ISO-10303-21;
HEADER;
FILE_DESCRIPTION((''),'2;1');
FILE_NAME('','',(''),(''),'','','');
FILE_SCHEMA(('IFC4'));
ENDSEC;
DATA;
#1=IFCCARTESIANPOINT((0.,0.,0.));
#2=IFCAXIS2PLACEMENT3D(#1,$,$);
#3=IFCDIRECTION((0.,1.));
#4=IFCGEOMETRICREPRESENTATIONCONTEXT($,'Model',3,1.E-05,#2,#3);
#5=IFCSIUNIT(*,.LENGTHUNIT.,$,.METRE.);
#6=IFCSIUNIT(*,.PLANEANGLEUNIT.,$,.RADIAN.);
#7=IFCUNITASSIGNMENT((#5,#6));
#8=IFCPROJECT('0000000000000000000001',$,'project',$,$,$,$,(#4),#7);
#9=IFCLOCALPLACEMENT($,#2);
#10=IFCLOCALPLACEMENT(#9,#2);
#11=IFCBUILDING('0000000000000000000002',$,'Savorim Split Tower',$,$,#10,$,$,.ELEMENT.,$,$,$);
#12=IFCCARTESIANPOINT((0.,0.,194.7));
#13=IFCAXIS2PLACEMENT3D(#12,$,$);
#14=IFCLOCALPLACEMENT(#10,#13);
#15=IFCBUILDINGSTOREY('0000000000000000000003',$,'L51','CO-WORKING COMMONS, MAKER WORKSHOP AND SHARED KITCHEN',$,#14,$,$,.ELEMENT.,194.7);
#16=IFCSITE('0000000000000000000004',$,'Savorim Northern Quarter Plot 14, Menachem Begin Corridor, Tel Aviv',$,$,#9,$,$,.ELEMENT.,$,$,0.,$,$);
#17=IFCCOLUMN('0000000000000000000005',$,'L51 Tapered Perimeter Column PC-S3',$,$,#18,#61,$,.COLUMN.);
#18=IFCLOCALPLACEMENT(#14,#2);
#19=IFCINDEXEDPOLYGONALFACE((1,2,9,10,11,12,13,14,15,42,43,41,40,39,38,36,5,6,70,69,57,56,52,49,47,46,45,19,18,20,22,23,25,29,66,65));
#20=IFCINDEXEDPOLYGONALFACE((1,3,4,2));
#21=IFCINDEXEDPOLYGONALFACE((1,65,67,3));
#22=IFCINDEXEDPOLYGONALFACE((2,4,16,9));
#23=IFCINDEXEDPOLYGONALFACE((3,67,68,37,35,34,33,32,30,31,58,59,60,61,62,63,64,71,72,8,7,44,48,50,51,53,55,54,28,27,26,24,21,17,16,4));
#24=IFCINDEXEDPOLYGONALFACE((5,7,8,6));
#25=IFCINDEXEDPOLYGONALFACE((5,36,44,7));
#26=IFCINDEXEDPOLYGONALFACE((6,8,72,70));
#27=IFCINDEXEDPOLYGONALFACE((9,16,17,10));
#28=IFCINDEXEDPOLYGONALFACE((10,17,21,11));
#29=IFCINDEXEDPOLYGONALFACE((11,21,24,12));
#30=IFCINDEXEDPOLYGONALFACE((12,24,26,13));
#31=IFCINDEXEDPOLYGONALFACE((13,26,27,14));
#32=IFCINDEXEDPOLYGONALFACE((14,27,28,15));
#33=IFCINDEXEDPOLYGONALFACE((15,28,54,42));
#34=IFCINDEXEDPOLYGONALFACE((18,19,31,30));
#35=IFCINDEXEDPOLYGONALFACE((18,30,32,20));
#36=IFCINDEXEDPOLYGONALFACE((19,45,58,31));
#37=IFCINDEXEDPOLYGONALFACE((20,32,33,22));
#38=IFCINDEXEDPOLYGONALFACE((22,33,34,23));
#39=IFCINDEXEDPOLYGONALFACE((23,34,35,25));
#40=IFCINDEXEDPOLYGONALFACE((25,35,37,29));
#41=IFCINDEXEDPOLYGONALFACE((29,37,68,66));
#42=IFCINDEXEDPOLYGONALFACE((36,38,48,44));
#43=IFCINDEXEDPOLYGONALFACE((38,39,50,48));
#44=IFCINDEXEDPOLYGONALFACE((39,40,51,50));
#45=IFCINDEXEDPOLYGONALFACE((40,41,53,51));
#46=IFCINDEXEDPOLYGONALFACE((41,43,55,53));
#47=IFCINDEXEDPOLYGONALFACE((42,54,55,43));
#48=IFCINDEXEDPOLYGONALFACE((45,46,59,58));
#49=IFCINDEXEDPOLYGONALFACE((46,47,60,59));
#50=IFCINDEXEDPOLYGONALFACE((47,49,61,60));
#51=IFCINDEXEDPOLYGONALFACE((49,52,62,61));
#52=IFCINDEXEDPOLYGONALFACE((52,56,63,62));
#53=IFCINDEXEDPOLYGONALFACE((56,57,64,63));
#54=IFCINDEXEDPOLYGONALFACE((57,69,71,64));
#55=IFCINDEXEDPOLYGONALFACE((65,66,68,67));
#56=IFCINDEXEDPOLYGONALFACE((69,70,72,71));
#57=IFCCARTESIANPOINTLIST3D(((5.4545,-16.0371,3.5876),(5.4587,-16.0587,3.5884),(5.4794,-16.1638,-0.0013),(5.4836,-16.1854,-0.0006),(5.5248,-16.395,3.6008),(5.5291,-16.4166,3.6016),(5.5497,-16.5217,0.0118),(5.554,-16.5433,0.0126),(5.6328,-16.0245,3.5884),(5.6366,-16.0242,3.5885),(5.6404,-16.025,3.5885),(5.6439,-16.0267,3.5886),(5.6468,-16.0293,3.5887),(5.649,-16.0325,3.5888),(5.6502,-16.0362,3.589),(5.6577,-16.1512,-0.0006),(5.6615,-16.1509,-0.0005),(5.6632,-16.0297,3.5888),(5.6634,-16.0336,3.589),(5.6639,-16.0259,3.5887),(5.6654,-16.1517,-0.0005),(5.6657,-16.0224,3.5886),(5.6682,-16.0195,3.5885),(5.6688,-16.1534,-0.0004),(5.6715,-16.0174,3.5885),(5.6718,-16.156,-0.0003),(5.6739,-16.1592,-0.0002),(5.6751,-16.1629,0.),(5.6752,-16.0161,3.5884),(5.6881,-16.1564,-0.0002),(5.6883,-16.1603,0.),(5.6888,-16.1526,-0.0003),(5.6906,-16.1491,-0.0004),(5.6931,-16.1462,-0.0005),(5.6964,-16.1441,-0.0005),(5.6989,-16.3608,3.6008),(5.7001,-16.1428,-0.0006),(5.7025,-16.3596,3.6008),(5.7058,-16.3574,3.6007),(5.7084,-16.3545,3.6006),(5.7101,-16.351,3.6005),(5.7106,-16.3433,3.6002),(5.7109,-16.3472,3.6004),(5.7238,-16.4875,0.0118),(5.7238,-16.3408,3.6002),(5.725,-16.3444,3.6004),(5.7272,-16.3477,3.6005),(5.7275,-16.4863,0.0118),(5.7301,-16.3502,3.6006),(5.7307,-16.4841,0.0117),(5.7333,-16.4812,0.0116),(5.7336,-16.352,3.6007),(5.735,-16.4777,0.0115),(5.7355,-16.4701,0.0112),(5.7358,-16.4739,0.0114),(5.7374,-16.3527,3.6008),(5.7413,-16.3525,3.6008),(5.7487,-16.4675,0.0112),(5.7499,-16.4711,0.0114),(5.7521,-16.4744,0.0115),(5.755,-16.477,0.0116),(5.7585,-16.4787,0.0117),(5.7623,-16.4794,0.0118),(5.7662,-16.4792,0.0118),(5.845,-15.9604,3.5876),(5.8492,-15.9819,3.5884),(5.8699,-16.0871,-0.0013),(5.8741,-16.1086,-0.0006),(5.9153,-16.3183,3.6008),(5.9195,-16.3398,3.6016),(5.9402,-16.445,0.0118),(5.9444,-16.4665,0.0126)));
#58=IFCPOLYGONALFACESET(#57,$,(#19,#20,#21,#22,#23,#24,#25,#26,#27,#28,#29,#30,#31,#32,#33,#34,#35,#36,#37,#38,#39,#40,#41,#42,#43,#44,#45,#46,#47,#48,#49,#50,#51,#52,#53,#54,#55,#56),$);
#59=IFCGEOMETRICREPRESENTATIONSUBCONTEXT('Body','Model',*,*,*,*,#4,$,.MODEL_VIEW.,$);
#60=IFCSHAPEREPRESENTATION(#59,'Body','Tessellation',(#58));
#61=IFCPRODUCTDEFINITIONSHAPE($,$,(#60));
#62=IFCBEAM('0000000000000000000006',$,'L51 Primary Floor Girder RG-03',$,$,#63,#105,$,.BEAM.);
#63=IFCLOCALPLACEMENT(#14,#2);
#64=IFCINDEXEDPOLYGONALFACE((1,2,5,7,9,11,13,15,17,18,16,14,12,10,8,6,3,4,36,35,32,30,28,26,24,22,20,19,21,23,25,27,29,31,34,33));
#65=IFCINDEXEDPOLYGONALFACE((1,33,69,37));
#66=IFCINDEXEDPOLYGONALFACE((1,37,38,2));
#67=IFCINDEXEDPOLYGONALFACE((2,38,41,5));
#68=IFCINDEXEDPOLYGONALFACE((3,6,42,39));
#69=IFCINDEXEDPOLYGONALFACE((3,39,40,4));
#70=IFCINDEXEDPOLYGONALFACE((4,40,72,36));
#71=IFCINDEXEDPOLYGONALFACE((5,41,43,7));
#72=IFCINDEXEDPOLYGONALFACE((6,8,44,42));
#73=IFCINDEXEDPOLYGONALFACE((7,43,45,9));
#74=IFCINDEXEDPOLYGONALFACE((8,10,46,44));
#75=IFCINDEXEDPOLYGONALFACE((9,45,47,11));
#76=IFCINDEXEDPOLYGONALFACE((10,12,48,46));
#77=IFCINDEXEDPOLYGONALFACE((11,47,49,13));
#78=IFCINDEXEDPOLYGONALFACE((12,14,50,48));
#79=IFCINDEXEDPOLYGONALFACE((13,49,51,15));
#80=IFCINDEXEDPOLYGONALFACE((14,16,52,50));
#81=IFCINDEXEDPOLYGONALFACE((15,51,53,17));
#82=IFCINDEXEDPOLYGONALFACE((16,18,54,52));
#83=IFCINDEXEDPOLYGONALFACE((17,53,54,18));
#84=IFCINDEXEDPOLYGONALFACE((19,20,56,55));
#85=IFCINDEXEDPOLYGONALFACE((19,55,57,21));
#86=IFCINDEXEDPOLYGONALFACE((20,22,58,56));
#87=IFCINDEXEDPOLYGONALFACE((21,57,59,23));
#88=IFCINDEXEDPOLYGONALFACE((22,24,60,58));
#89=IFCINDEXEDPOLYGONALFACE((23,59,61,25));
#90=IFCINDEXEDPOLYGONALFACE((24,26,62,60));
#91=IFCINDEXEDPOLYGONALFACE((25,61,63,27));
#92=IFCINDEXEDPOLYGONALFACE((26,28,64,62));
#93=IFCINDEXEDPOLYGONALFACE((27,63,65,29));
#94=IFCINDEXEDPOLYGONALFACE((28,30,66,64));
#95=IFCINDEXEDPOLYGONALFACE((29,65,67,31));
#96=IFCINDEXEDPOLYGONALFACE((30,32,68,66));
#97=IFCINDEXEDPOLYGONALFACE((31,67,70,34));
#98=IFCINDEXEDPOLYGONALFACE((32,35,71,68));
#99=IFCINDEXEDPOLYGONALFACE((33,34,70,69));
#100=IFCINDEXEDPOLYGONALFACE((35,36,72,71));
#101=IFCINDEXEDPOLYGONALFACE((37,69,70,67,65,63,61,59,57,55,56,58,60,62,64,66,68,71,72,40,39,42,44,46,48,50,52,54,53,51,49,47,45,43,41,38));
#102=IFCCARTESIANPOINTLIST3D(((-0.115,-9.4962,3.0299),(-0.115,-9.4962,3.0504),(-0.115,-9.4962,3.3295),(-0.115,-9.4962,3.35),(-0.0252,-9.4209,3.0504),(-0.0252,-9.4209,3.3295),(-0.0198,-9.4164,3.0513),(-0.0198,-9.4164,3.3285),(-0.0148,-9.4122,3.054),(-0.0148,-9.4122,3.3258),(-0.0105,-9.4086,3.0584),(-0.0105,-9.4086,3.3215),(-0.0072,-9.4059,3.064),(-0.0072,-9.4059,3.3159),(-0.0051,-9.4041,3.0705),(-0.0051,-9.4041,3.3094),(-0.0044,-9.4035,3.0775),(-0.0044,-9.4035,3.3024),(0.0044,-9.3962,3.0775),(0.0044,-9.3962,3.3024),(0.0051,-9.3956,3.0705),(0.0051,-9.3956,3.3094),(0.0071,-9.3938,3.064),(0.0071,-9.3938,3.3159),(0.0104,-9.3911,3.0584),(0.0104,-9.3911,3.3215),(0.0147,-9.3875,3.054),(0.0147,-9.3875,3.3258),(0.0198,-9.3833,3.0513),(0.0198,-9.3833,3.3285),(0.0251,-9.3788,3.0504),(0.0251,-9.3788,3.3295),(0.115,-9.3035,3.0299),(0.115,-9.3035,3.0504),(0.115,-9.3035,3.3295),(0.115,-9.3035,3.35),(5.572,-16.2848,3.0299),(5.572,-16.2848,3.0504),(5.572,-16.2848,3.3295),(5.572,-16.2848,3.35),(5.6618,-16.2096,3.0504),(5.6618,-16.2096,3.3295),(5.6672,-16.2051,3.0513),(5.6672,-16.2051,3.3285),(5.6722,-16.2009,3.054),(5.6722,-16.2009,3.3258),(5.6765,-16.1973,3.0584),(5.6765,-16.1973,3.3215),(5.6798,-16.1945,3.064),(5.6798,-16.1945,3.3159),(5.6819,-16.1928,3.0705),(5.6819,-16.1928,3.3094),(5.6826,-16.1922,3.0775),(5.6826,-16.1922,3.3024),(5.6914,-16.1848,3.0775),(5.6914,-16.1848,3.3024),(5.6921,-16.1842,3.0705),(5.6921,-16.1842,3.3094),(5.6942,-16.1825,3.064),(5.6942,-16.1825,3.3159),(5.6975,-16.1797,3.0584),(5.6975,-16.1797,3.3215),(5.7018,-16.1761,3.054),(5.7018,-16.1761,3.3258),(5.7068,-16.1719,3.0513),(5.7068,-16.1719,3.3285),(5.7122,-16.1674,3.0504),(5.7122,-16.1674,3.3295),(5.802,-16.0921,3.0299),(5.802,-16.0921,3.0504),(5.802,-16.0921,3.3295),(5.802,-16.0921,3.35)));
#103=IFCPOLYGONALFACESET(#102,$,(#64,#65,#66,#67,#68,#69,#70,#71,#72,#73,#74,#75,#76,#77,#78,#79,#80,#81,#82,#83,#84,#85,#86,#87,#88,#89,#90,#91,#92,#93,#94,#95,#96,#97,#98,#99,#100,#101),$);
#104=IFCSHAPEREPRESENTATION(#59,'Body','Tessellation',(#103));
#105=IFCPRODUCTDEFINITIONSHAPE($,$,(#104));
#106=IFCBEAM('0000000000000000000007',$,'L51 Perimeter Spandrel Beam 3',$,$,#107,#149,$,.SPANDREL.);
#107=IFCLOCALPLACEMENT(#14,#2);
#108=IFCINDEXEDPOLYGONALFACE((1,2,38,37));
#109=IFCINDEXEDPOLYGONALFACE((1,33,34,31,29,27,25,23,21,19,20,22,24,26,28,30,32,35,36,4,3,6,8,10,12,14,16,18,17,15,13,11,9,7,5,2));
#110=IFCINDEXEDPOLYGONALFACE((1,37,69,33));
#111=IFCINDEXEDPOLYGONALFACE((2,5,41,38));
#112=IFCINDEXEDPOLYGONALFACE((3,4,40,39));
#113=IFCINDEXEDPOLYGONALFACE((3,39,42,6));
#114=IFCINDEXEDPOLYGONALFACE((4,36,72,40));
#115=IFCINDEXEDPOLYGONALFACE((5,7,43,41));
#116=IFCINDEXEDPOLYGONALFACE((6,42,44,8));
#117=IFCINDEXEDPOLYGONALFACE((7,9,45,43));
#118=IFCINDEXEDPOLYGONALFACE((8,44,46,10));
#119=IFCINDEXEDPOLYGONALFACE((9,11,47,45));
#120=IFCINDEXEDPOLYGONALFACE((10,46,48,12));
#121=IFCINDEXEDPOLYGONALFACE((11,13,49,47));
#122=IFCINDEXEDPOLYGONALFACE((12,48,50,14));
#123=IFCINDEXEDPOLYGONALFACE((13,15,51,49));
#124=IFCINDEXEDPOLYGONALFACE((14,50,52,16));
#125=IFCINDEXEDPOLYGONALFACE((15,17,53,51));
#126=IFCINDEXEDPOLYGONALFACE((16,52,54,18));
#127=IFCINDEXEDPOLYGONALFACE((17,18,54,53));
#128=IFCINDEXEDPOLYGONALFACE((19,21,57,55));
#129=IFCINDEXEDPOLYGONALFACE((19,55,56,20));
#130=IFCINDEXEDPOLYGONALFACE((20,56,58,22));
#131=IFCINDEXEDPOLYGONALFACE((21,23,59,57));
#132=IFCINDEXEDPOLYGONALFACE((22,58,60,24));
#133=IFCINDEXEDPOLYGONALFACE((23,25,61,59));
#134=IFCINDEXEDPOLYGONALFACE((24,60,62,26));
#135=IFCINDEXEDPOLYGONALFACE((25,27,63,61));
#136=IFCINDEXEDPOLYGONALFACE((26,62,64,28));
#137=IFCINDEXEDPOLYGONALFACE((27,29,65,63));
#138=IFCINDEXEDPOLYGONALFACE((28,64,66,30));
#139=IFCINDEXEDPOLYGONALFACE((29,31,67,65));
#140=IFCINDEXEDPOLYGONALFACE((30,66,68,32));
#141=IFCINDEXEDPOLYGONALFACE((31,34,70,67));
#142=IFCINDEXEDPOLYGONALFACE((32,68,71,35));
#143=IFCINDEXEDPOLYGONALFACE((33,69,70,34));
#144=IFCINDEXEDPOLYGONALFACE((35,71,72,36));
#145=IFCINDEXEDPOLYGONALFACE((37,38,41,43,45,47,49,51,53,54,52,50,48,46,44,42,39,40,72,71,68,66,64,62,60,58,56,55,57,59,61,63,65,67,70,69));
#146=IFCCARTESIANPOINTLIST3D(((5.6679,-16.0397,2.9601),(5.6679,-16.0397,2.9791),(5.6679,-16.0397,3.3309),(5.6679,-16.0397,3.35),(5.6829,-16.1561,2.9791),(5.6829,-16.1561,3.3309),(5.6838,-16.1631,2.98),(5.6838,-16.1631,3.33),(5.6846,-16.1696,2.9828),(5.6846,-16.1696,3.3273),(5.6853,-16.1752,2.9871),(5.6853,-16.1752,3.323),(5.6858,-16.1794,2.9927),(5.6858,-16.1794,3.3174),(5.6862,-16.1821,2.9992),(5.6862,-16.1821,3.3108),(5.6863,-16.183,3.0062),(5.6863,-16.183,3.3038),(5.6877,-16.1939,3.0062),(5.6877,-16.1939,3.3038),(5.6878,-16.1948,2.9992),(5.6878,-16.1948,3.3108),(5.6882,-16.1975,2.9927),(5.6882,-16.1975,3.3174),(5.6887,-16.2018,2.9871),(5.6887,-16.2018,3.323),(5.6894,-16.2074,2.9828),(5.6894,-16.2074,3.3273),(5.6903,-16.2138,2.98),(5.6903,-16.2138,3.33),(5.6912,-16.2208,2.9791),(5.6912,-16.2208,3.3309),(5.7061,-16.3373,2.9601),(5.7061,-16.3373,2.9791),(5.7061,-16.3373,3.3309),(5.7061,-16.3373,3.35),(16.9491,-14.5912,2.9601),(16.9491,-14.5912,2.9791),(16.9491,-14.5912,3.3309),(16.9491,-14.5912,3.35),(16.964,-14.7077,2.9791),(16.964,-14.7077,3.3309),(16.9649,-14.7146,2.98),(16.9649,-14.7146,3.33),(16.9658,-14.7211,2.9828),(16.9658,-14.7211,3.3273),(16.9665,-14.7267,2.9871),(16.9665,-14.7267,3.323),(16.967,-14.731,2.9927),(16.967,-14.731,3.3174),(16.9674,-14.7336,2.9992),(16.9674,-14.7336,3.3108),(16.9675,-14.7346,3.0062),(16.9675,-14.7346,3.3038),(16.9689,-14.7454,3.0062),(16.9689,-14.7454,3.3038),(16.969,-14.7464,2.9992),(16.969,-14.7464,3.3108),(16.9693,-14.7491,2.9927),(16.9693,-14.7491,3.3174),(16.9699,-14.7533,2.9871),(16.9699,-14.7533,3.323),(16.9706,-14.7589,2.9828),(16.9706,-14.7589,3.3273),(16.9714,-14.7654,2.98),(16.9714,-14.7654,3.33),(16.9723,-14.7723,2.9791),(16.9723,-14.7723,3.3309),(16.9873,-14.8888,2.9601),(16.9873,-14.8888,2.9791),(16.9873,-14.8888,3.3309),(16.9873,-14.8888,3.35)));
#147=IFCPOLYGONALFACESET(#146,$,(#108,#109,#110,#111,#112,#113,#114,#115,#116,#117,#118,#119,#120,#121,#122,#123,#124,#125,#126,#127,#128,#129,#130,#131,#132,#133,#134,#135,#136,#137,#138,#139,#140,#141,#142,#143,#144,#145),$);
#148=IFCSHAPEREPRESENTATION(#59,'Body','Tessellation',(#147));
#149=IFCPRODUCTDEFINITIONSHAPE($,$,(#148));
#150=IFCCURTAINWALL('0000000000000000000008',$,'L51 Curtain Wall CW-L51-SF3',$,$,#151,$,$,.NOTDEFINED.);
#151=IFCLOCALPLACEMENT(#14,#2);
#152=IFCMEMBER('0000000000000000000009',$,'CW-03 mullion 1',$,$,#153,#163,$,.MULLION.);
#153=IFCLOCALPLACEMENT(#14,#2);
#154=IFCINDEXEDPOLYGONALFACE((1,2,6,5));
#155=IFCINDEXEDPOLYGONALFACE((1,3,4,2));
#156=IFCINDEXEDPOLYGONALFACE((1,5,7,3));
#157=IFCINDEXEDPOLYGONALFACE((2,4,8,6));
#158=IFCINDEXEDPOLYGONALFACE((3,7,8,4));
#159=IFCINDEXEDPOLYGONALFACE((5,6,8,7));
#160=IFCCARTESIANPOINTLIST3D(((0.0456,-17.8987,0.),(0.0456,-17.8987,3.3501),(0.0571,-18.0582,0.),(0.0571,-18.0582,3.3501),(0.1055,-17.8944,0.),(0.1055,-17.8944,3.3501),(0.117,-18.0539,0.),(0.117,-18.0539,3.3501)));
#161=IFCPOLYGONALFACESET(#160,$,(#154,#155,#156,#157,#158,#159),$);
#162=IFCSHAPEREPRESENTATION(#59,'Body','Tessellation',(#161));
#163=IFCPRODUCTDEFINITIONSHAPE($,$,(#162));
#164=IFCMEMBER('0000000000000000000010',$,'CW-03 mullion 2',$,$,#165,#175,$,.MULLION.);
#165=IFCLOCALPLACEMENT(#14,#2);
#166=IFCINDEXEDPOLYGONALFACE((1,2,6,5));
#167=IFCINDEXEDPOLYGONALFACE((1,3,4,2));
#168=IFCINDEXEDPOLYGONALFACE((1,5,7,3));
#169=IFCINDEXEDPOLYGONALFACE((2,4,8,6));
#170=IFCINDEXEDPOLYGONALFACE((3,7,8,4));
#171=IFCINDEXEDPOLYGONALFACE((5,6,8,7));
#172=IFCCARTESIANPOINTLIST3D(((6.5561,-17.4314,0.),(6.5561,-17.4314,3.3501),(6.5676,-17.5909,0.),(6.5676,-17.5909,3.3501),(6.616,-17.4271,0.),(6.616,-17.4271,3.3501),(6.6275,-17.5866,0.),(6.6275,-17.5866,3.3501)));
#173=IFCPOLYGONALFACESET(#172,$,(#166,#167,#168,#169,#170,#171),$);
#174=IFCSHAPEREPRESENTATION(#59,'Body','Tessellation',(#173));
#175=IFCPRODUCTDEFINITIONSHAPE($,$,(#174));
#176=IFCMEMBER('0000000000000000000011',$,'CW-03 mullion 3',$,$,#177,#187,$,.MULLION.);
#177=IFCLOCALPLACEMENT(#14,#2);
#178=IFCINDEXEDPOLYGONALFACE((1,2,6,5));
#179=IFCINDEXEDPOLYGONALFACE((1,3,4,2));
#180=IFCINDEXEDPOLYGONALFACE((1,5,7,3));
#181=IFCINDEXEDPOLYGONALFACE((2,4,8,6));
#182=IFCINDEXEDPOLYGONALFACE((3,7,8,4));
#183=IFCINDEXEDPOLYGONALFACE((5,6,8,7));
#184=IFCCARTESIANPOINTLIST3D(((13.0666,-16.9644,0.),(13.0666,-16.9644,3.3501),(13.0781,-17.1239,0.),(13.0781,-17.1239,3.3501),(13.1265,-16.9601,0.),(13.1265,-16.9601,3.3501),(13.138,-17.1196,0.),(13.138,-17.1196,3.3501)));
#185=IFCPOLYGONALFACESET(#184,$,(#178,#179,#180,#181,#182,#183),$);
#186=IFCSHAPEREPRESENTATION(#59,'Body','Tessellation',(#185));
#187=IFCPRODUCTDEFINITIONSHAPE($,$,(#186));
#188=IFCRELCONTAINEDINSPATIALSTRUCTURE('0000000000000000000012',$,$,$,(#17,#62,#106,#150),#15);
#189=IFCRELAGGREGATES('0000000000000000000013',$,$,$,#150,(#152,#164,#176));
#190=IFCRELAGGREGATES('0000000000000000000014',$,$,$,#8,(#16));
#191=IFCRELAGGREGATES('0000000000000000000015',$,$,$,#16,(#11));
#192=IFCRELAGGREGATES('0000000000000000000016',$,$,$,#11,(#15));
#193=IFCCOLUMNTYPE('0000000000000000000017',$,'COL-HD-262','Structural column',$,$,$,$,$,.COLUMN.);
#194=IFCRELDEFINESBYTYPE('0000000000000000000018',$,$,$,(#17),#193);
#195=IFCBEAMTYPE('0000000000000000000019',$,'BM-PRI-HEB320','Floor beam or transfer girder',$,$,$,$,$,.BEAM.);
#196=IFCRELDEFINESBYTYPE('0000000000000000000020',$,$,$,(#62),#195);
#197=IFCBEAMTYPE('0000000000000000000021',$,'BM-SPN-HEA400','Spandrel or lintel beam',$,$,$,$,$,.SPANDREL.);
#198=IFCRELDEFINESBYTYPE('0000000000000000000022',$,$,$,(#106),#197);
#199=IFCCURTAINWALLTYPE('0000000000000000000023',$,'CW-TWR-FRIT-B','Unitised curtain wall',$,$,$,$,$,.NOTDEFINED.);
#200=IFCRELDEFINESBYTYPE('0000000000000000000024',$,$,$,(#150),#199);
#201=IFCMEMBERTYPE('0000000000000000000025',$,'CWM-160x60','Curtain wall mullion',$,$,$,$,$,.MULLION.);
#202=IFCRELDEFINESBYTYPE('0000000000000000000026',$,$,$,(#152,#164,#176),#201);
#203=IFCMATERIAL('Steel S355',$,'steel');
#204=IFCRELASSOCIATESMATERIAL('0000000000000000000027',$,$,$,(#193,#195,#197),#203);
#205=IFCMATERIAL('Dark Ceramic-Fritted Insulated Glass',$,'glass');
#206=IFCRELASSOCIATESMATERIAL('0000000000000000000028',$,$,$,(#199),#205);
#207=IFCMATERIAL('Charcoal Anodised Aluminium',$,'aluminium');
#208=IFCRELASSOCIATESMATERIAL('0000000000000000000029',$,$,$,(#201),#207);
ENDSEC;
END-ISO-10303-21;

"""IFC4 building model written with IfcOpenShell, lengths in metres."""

from ifc_helpers import new_model, si_unit, direction, frame, origin, origin_2d, place, context, subcontext, project, spatial, rectangle, i_section, extrude, material, material_profile, profile_set, type_object, element, aggregate, save


model = new_model("IFC4")

# Units and contexts
model_context = context("Model", 3, precision=1e-05, world=origin(), true_north=direction((0.0, 1.0)))
body_context = subcontext(model_context, "Body", "Model", "MODEL_VIEW")
ifc_project = project(units=[si_unit("LENGTHUNIT", "METRE"), si_unit("PLANEANGLEUNIT", "RADIAN")], contexts=[model_context])

# Site, building, storey
site_placement = place(None, origin())
site = spatial("IfcSite", under=ifc_project, at=site_placement, Name="Savorim Northern Quarter Plot 14, Menachem Begin Corridor, Tel Aviv", CompositionType="ELEMENT", RefElevation=0.0)
building_placement = place(site_placement, origin())
building = spatial("IfcBuilding", under=site, at=building_placement, Name="Savorim Split Tower", CompositionType="ELEMENT")
storey_placement = place(building_placement, frame((0.0, 0.0, 194.7)))
storey = spatial("IfcBuildingStorey", under=building, at=storey_placement, Name="L51", Description="CO-WORKING COMMONS, MAKER WORKSHOP AND SHARED KITCHEN", CompositionType="ELEMENT", Elevation=194.7)

# Column
ifc_material_1 = material(Name="Steel S355", Category="steel")
ifc_material_profile_1 = material_profile(ifc_material_1, i_section(OverallWidth=0.3979, OverallDepth=0.387, WebThickness=0.0134, FlangeThickness=0.022, FilletRadius=0.0149, at=origin_2d()), Name="HD 400x262")
ifc_profile_set_1 = profile_set([ifc_material_profile_1], Name="Steel S355")
column_type = type_object("IfcColumnType", Name="COL-HD-262", Description="Structural column", PredefinedType="COLUMN", material=ifc_profile_set_1)
column_placement = place(storey_placement, frame((5.7119, -16.3152, 0.0056), z_axis=(-0.006934, 0.035283, 0.999353), x_axis=(-0.98123, -0.192843, 0.0)))
element("IfcColumn", 1, at=column_placement, inside=storey, type_object=column_type, Name="L51 Tapered Perimeter Column PC-S3", PredefinedType="COLUMN", context=body_context, shape_type="SweptSolid", body=[
    extrude(i_section(OverallWidth=0.3979, OverallDepth=0.387, WebThickness=0.0134, FlangeThickness=0.022, FilletRadius=0.0149, at=origin_2d()), origin(), (0.0, 0.0, 1.0), 3.5913),
])

# Beams
ifc_material_profile_2 = material_profile(ifc_material_1, i_section(OverallWidth=0.3, OverallDepth=0.3201, WebThickness=0.0115, FlangeThickness=0.0205, FilletRadius=0.0271, at=origin_2d()), Name="HEB 320")
ifc_profile_set_2 = profile_set([ifc_material_profile_2], Name="Steel S355")
beam_type_1 = type_object("IfcBeamType", Name="BM-PRI-HEB320", Description="Floor beam or transfer girder", PredefinedType="BEAM", material=ifc_profile_set_2)
beam_1_placement = place(storey_placement, frame((5.687, -16.1885, 3.1899), z_axis=(-0.642173, 0.76656, 0.0), x_axis=(-0.76656, -0.642173, 0.0)))
element("IfcBeam", 2, at=beam_1_placement, inside=storey, type_object=beam_type_1, Name="L51 Primary Floor Girder RG-03", PredefinedType="BEAM", context=body_context, shape_type="SweptSolid", body=[
    extrude(i_section(OverallWidth=0.3, OverallDepth=0.3201, WebThickness=0.0115, FlangeThickness=0.0205, FilletRadius=0.0271, at=origin_2d()), origin(), (0.0, 0.0, 1.0), 8.856),
])
ifc_material_profile_3 = material_profile(ifc_material_1, i_section(OverallWidth=0.3, OverallDepth=0.3899, WebThickness=0.011, FlangeThickness=0.019, FilletRadius=0.0271, at=origin_2d()), Name="HEA 400")
ifc_profile_set_3 = profile_set([ifc_material_profile_3], Name="Steel S355")
beam_type_2 = type_object("IfcBeamType", Name="BM-SPN-HEA400", Description="Spandrel or lintel beam", PredefinedType="SPANDREL", material=ifc_profile_set_3)
beam_2_placement = place(storey_placement, frame((5.687, -16.1885, 3.155), z_axis=(0.991858, 0.127352, 0.0), x_axis=(-0.127352, 0.991858, 0.0)))
element("IfcBeam", 3, at=beam_2_placement, inside=storey, type_object=beam_type_2, Name="L51 Perimeter Spandrel Beam 3", PredefinedType="SPANDREL", context=body_context, shape_type="SweptSolid", body=[
    extrude(i_section(OverallWidth=0.3, OverallDepth=0.3899, WebThickness=0.011, FlangeThickness=0.019, FilletRadius=0.0271, at=origin_2d()), origin(), (0.0, 0.0, 1.0), 11.3738),
])

# Curtain wall, members
ifc_material_2 = material(Name="Dark Ceramic-Fritted Insulated Glass", Category="glass")
curtain_wall_type = type_object("IfcCurtainWallType", Name="CW-TWR-FRIT-B", Description="Unitised curtain wall", PredefinedType="NOTDEFINED", material=ifc_material_2)
curtain_wall_placement = place(storey_placement, origin())
curtain_wall = element("IfcCurtainWall", 4, at=curtain_wall_placement, inside=storey, type_object=curtain_wall_type, Name="L51 Curtain Wall CW-L51-SF3", PredefinedType="NOTDEFINED")
ifc_material_3 = material(Name="Charcoal Anodised Aluminium", Category="aluminium")
ifc_material_profile_4 = material_profile(ifc_material_3, rectangle(XDim=0.1599, YDim=0.0601, at=origin_2d()), Name="ALU-M 160x60")
ifc_profile_set_4 = profile_set([ifc_material_profile_4], Name="Charcoal Anodised Aluminium")
member_type_1 = type_object("IfcMemberType", Name="CWM-160x60", Description="Curtain wall mullion", PredefinedType="MULLION", material=ifc_profile_set_4)
member_1_placement = place(storey_placement, frame((0.0813, -17.9763, 0.0), z_axis=(0.0, 0.0, 1.0), x_axis=(-0.071562, 0.997436, 0.0)))
member_1 = element("IfcMember", 5, at=member_1_placement, type_object=member_type_1, Name="CW-03 mullion 1", PredefinedType="MULLION", context=body_context, shape_type="SweptSolid", body=[
    extrude(rectangle(XDim=0.1599, YDim=0.0601, at=origin_2d()), origin(), (0.0, 0.0, 1.0), 3.3501),
])
member_2_placement = place(storey_placement, frame((6.5918, -17.509, 0.0), z_axis=(0.0, 0.0, 1.0), x_axis=(-0.071562, 0.997436, 0.0)))
member_2 = element("IfcMember", 6, at=member_2_placement, type_object=member_type_1, Name="CW-03 mullion 2", PredefinedType="MULLION", context=body_context, shape_type="SweptSolid", body=[
    extrude(rectangle(XDim=0.1599, YDim=0.0601, at=origin_2d()), origin(), (0.0, 0.0, 1.0), 3.3501),
])
member_3_placement = place(storey_placement, frame((13.1023, -17.042, 0.0), z_axis=(0.0, 0.0, 1.0), x_axis=(-0.071562, 0.997436, 0.0)))
member_3 = element("IfcMember", 7, at=member_3_placement, type_object=member_type_1, Name="CW-03 mullion 3", PredefinedType="MULLION", context=body_context, shape_type="SweptSolid", body=[
    extrude(rectangle(XDim=0.1599, YDim=0.0601, at=origin_2d()), origin(), (0.0, 0.0, 1.0), 3.3501),
])
aggregate(curtain_wall, [member_1, member_2, member_3])

save(model, "model.ifc")
